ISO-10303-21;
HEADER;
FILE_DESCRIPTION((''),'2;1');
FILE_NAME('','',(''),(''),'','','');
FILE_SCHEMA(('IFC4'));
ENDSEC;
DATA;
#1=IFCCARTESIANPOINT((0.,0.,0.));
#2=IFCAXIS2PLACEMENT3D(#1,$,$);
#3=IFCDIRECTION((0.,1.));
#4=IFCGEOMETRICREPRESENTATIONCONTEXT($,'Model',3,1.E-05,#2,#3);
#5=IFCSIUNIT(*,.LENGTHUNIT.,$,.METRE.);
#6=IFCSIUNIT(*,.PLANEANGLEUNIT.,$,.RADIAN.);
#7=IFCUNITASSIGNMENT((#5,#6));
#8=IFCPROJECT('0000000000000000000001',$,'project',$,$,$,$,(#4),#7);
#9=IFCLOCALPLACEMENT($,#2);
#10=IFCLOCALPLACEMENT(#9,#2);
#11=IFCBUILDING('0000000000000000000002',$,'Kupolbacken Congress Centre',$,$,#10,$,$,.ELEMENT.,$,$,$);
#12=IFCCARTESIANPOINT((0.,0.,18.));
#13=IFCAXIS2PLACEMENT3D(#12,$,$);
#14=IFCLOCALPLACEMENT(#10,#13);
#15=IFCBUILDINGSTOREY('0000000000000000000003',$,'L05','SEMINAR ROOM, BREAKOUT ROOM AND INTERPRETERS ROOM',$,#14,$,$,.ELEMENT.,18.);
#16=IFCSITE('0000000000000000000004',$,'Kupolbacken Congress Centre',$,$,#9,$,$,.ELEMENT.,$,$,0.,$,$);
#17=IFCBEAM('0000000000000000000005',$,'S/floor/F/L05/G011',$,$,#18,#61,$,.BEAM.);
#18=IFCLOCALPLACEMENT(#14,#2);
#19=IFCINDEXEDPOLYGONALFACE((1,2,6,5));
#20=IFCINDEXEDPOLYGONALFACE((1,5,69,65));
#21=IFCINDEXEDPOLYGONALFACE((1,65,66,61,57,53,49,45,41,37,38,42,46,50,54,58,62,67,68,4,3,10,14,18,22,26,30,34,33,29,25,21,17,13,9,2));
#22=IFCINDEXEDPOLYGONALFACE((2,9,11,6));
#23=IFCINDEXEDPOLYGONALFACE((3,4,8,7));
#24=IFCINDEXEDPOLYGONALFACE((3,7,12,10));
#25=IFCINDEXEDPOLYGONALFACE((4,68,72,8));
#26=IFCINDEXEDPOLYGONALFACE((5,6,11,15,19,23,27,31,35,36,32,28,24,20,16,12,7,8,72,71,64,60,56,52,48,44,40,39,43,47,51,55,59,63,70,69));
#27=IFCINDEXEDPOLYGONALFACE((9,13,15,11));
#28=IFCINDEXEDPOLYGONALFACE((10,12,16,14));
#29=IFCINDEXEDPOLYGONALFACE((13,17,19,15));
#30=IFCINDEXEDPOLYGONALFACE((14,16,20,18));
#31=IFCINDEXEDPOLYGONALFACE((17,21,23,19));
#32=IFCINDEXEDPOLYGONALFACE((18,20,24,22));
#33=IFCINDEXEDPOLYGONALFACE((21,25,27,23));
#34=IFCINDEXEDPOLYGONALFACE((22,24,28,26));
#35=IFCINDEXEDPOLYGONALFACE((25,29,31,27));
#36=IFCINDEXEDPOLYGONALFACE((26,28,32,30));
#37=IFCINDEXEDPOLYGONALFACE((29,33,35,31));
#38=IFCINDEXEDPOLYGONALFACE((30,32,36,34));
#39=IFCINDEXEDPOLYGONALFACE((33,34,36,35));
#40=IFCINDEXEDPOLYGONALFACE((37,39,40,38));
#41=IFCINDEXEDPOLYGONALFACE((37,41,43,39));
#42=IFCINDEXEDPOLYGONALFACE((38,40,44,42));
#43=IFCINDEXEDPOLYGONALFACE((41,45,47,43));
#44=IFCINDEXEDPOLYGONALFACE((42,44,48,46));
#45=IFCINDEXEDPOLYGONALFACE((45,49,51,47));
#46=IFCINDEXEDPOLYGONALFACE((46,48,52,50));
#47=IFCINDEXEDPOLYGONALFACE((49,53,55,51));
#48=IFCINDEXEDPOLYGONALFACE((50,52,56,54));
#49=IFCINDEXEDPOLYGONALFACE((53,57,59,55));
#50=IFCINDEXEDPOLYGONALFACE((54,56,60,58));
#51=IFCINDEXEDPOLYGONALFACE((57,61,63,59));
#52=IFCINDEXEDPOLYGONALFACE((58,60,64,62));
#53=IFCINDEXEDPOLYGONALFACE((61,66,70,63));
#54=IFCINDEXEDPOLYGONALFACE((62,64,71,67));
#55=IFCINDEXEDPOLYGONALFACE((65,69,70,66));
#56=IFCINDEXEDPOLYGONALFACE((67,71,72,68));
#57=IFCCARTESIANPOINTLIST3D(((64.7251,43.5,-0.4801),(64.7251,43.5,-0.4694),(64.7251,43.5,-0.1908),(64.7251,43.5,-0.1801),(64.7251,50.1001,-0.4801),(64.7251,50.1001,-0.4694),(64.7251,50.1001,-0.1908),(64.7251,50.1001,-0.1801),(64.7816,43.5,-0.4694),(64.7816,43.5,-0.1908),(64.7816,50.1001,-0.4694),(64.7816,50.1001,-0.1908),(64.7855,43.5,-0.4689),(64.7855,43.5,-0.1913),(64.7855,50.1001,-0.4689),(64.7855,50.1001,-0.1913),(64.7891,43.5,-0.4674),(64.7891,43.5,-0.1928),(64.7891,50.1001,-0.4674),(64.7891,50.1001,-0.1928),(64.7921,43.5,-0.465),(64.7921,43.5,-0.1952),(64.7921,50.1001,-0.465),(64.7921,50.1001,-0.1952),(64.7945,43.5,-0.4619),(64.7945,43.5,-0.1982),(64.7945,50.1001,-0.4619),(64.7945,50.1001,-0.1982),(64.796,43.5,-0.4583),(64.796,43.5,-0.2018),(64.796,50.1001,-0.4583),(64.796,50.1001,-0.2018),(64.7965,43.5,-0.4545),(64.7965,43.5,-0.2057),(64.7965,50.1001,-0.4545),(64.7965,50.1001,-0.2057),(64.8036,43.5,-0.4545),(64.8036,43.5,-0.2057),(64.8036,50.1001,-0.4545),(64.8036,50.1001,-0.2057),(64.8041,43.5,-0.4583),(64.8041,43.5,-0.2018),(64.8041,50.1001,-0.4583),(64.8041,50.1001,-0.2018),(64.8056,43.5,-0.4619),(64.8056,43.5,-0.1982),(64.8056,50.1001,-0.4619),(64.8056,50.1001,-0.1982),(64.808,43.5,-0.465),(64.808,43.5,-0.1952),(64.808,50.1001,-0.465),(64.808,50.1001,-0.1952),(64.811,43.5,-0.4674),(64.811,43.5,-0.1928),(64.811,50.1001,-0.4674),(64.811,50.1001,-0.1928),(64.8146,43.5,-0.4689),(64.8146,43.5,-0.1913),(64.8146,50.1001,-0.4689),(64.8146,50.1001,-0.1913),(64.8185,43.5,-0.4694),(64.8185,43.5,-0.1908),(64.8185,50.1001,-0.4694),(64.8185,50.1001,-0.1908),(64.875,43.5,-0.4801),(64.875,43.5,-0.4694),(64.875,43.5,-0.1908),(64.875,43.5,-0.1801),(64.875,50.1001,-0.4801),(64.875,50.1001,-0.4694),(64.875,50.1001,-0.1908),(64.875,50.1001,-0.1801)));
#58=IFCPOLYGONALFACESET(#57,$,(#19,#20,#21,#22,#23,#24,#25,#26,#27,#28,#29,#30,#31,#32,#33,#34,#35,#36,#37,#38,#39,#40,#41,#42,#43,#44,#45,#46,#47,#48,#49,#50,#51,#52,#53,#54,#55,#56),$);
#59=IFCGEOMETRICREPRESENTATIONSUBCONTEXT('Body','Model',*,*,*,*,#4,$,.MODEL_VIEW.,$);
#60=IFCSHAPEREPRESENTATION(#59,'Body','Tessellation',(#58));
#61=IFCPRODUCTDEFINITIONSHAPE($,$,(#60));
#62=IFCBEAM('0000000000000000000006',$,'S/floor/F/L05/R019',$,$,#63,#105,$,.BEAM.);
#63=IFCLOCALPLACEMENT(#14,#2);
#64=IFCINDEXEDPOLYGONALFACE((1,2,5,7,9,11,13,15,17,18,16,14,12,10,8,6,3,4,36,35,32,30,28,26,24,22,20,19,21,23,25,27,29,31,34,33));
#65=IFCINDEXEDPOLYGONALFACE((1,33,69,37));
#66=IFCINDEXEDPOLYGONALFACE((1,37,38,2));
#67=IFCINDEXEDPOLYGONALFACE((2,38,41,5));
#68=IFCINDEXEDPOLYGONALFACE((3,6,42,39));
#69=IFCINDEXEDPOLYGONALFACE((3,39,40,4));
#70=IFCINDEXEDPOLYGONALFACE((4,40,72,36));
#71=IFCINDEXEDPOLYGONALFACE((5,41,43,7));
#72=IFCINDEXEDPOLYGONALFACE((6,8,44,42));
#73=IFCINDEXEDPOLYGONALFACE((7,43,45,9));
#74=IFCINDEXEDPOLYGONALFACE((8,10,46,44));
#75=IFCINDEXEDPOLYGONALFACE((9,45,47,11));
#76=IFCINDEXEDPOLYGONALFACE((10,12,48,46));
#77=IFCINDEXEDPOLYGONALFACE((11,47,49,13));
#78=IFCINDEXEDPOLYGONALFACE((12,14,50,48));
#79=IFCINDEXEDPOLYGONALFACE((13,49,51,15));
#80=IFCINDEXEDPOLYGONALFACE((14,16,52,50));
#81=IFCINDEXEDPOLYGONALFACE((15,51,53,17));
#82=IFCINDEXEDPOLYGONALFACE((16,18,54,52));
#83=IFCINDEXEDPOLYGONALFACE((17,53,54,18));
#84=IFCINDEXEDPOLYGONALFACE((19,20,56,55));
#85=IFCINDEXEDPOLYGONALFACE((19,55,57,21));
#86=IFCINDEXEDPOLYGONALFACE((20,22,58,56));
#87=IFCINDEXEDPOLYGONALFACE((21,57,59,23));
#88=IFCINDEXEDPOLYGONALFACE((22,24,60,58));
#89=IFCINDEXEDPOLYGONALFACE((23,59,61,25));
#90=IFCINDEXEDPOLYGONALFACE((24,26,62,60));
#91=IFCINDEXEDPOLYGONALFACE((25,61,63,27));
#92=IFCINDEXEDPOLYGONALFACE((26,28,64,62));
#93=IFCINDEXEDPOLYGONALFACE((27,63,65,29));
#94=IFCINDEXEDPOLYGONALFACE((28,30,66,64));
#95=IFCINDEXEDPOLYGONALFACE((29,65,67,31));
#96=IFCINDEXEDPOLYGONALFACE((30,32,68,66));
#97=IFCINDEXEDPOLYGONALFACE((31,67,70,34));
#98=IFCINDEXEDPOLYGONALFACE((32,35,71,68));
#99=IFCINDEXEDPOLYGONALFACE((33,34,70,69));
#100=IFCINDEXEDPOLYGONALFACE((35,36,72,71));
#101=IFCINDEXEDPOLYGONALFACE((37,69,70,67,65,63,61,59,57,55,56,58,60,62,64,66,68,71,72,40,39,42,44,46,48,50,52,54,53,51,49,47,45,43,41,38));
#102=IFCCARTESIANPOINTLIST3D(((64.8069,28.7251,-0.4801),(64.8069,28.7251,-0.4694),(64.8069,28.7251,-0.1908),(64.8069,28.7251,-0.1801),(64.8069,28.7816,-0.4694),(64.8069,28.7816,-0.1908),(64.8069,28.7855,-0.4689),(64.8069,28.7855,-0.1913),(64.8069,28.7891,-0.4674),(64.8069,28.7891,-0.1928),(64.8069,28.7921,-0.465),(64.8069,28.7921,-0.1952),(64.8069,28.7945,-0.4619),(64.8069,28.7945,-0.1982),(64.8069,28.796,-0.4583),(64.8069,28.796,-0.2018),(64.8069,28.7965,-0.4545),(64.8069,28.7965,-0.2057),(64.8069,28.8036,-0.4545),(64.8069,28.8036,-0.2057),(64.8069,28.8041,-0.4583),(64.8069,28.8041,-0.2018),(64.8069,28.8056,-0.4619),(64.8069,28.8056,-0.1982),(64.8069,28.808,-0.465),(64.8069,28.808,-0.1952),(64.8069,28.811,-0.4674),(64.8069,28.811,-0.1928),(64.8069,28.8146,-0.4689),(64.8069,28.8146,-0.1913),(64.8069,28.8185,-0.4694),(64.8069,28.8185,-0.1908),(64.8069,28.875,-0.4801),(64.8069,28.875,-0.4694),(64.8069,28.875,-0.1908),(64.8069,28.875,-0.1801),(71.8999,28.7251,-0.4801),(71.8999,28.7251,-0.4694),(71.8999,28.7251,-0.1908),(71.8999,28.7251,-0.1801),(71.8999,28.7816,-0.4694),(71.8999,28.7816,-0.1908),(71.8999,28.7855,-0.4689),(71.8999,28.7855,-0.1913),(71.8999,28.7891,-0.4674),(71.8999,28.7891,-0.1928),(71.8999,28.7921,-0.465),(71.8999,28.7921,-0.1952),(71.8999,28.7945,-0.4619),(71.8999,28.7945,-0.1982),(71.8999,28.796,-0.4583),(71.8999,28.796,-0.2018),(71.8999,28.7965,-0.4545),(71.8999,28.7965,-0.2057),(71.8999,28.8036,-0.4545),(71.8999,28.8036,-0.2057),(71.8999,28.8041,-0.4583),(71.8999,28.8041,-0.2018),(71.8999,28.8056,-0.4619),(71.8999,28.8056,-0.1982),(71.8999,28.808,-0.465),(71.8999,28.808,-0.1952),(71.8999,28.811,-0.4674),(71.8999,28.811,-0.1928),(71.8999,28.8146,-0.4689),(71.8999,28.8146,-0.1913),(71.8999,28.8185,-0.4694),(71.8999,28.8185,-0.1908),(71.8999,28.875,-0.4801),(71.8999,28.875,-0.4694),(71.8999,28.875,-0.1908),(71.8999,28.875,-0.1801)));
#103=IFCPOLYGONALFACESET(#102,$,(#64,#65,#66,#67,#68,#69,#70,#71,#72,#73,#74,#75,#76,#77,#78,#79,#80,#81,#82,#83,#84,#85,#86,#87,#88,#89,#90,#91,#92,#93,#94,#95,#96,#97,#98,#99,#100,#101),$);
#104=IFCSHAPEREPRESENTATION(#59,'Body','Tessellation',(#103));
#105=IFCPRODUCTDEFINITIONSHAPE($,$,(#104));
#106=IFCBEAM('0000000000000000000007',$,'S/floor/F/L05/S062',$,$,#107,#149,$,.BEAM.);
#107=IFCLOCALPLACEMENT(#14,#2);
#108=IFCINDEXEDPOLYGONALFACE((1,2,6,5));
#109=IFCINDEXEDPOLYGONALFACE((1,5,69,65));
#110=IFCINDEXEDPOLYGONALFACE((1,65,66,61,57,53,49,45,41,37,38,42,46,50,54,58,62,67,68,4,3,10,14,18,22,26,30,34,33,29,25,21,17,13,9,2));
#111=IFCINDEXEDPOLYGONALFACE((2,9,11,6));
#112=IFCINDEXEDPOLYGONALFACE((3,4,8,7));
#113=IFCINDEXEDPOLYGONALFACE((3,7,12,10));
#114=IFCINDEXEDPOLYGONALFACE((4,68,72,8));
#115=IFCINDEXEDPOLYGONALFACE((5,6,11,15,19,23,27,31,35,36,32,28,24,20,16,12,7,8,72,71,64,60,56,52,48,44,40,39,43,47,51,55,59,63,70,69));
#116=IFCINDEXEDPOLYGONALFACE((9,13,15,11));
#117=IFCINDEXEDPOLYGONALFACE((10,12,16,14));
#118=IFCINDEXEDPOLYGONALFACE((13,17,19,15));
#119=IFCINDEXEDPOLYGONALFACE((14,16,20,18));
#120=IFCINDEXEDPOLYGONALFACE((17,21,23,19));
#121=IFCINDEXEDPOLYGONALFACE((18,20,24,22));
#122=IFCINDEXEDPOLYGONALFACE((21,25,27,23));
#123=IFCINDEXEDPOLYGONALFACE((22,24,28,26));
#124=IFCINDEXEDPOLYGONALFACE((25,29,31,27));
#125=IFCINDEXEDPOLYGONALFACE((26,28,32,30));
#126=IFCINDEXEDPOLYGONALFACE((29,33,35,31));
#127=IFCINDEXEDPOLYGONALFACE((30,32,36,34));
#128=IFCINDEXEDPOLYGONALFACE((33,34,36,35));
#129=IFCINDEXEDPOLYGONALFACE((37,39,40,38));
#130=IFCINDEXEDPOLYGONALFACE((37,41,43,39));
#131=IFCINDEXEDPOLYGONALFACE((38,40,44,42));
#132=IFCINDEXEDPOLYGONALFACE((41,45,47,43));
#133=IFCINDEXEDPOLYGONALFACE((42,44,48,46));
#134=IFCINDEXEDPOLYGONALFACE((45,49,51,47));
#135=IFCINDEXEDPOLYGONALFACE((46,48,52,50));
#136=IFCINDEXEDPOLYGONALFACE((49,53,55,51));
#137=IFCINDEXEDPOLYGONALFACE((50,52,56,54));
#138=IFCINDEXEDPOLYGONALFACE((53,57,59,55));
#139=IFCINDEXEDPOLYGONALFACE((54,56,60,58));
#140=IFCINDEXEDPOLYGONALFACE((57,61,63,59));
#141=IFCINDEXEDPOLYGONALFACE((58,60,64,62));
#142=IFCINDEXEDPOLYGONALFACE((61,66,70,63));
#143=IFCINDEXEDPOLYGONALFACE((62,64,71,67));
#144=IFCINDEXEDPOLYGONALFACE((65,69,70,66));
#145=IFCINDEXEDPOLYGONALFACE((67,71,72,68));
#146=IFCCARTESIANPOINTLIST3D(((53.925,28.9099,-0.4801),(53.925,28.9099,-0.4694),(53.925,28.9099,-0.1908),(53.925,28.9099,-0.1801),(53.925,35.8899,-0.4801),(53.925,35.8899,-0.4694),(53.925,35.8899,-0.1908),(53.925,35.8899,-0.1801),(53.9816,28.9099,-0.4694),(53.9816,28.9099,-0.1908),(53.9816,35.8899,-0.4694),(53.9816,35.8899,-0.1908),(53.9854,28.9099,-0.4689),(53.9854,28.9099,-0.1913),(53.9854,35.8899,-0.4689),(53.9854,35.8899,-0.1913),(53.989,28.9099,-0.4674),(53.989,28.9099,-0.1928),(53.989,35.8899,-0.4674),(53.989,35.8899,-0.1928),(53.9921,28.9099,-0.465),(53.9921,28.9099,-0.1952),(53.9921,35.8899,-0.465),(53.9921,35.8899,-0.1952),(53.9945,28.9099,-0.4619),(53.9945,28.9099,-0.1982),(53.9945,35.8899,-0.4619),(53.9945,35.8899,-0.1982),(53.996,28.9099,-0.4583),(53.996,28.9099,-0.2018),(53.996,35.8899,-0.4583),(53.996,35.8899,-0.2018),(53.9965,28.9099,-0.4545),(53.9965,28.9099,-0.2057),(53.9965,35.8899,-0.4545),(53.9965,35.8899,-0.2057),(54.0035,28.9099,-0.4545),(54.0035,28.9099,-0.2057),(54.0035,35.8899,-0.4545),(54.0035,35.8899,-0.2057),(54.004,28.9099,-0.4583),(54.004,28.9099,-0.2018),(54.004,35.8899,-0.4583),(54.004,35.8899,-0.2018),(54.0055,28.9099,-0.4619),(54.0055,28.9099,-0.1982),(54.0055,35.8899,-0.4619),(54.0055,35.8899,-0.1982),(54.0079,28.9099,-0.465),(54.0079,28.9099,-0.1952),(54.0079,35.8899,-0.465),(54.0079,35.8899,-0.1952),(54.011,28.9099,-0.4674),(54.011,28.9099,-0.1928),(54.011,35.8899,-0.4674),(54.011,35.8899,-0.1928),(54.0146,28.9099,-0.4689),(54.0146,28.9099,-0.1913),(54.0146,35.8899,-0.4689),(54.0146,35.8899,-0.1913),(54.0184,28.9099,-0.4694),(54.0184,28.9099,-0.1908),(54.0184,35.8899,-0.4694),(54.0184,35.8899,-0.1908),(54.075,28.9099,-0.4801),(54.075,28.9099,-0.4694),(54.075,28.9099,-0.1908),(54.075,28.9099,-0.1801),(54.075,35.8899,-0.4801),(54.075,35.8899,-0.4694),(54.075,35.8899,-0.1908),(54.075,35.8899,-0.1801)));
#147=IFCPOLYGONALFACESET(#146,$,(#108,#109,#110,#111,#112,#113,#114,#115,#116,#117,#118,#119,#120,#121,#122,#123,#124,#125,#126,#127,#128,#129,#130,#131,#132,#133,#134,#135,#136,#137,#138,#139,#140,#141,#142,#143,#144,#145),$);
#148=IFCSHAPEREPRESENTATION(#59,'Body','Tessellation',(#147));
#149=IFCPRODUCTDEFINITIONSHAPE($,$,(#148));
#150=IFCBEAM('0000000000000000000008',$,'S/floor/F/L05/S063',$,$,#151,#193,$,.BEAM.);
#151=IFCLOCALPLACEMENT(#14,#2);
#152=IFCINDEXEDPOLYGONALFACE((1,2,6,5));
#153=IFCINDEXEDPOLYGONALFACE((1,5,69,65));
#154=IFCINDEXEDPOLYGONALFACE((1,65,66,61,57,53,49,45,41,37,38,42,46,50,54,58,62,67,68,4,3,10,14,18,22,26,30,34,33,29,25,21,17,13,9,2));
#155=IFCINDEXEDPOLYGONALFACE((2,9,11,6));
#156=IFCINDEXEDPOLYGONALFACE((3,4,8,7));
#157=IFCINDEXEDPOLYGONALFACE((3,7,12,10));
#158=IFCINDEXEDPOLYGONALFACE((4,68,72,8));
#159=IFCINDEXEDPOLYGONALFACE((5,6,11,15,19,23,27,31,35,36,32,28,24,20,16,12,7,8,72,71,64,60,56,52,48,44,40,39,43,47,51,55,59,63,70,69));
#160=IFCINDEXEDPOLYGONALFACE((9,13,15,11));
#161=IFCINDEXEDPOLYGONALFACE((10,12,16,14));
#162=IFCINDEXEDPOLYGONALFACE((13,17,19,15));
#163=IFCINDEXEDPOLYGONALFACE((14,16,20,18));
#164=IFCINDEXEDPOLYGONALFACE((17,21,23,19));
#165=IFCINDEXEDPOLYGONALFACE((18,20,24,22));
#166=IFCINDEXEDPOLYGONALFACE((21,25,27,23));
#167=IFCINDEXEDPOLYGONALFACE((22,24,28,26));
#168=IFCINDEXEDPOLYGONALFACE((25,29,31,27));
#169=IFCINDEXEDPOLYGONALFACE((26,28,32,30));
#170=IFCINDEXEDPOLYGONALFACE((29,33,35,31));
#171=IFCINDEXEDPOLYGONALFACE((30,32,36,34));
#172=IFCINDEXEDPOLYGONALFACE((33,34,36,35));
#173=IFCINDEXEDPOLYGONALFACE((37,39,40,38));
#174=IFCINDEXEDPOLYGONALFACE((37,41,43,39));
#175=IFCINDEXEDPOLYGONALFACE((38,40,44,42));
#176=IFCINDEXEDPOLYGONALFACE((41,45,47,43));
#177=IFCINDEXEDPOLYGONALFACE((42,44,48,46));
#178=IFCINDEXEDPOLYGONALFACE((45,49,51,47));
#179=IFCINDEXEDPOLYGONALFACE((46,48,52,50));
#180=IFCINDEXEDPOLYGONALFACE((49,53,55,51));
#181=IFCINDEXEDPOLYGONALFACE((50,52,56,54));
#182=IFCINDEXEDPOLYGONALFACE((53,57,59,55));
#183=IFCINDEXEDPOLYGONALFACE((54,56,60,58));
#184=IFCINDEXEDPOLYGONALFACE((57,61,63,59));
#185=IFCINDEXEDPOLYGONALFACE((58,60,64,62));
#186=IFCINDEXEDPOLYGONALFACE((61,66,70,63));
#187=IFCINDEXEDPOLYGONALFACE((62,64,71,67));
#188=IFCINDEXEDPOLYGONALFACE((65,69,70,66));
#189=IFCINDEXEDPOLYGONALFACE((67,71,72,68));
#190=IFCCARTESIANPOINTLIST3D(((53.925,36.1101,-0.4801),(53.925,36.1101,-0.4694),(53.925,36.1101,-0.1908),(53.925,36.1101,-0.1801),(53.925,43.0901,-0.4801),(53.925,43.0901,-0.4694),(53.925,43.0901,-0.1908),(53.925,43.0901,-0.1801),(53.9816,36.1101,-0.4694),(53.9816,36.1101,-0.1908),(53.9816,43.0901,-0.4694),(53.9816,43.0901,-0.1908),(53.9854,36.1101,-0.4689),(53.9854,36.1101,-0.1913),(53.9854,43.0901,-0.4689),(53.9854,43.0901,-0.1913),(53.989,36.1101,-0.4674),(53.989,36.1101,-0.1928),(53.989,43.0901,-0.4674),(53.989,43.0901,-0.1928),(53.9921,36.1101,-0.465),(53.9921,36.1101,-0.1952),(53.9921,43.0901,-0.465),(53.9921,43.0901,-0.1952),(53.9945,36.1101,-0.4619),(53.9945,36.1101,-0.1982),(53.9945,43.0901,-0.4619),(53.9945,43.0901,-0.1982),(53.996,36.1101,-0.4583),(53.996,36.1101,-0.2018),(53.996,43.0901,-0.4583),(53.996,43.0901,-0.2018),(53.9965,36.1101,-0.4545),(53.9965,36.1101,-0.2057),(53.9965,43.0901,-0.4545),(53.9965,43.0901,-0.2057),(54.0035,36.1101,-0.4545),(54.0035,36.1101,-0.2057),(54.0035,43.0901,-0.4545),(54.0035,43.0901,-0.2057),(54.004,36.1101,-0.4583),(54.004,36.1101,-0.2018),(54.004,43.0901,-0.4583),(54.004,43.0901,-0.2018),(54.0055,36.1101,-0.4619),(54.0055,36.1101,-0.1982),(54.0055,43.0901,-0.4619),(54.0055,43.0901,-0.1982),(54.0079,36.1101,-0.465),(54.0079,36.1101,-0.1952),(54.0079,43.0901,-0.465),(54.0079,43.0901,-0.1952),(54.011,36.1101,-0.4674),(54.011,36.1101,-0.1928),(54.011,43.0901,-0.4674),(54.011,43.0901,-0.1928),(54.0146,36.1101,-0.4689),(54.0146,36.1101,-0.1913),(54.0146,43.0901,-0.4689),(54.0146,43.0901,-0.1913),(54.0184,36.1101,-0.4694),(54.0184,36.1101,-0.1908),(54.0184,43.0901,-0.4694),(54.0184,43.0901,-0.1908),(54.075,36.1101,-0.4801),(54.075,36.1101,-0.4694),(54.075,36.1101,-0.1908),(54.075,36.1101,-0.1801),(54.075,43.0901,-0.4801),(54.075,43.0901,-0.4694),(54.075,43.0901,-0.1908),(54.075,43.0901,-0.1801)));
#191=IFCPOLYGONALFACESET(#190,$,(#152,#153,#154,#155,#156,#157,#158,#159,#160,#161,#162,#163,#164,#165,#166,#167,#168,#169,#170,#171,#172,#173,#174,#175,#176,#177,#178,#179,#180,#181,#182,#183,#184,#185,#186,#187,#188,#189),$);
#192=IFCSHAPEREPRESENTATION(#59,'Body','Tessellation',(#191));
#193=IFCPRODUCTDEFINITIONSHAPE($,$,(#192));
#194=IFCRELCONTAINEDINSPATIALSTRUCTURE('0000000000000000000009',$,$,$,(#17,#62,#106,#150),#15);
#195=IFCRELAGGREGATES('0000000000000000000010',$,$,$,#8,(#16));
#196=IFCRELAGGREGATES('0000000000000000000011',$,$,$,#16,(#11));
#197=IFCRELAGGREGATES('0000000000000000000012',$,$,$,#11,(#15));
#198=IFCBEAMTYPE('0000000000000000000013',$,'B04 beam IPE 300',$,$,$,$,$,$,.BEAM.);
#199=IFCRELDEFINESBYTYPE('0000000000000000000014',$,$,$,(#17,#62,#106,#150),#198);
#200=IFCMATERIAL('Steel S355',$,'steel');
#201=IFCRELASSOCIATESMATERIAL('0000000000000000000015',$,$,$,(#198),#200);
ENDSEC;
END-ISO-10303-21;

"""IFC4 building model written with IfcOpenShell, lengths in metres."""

from ifc_helpers import new_model, si_unit, direction, frame, origin, origin_2d, place, context, subcontext, project, spatial, i_section, extrude, material, material_profile, profile_set, type_object, element, save


model = new_model("IFC4")

# Units and contexts
model_context = context("Model", 3, precision=1e-05, world=origin(), true_north=direction((0.0, 1.0)))
body_context = subcontext(model_context, "Body", "Model", "MODEL_VIEW")
ifc_project = project(units=[si_unit("LENGTHUNIT", "METRE"), si_unit("PLANEANGLEUNIT", "RADIAN")], contexts=[model_context])

# Site, building, storey
site_placement = place(None, origin())
site = spatial("IfcSite", under=ifc_project, at=site_placement, Name="Kupolbacken Congress Centre", CompositionType="ELEMENT", RefElevation=0.0)
building_placement = place(site_placement, origin())
building = spatial("IfcBuilding", under=site, at=building_placement, Name="Kupolbacken Congress Centre", CompositionType="ELEMENT")
storey_placement = place(building_placement, frame((0.0, 0.0, 18.0)))
storey = spatial("IfcBuildingStorey", under=building, at=storey_placement, Name="L05", Description="SEMINAR ROOM, BREAKOUT ROOM AND INTERPRETERS ROOM", CompositionType="ELEMENT", Elevation=18.0)

# Beams
ifc_material_1 = material(Name="Steel S355", Category="steel")
ifc_material_profile_1 = material_profile(ifc_material_1, i_section(OverallWidth=0.1499, OverallDepth=0.3, WebThickness=0.0071, FlangeThickness=0.0107, FilletRadius=0.0149, at=origin_2d()), Name="IPE 300")
ifc_profile_set_1 = profile_set([ifc_material_profile_1], Name="Steel S355")
beam_type_1 = type_object("IfcBeamType", Name="B04 beam IPE 300", PredefinedType="BEAM", material=ifc_profile_set_1)
for number, where, z_axis, x_axis, name in (
    (1, (64.8, 43.5, -0.3301), (0.0, 1.0, 0.0), (-1.0, 0.0, 0.0), "S/floor/F/L05/G011"),
):
    element("IfcBeam", number, at=place(storey_placement, frame(where, z_axis=z_axis, x_axis=x_axis)), inside=storey, type_object=beam_type_1, Name=name, PredefinedType="BEAM", context=body_context, shape_type="SweptSolid", body=[
        extrude(i_section(OverallWidth=0.1499, OverallDepth=0.3, WebThickness=0.0071, FlangeThickness=0.0107, FilletRadius=0.0149, at=origin_2d()), origin(), (0.0, 0.0, 1.0), 6.6001),
    ])
beam_1_placement = place(storey_placement, frame((64.8069, 28.8, -0.3301), z_axis=(1.0, 0.0, 0.0), x_axis=(0.0, 1.0, 0.0)))
element("IfcBeam", 2, at=beam_1_placement, inside=storey, type_object=beam_type_1, Name="S/floor/F/L05/R019", PredefinedType="BEAM", context=body_context, shape_type="SweptSolid", body=[
    extrude(i_section(OverallWidth=0.1499, OverallDepth=0.3, WebThickness=0.0071, FlangeThickness=0.0107, FilletRadius=0.0149, at=origin_2d()), origin(), (0.0, 0.0, 1.0), 7.093),
])
for number, where, z_axis, x_axis, name in (
    (3, (54.0, 28.9099, -0.3301), (0.0, 1.0, 0.0), (-1.0, 0.0, 0.0), "S/floor/F/L05/S062"),
    (4, (54.0, 36.1101, -0.3301), (0.0, 1.0, 0.0), (-1.0, 0.0, 0.0), "S/floor/F/L05/S063"),
):
    element("IfcBeam", number, at=place(storey_placement, frame(where, z_axis=z_axis, x_axis=x_axis)), inside=storey, type_object=beam_type_1, Name=name, PredefinedType="BEAM", context=body_context, shape_type="SweptSolid", body=[
        extrude(i_section(OverallWidth=0.1499, OverallDepth=0.3, WebThickness=0.0071, FlangeThickness=0.0107, FilletRadius=0.0149, at=origin_2d()), origin(), (0.0, 0.0, 1.0), 6.98),
    ])

save(model, "model.ifc")
